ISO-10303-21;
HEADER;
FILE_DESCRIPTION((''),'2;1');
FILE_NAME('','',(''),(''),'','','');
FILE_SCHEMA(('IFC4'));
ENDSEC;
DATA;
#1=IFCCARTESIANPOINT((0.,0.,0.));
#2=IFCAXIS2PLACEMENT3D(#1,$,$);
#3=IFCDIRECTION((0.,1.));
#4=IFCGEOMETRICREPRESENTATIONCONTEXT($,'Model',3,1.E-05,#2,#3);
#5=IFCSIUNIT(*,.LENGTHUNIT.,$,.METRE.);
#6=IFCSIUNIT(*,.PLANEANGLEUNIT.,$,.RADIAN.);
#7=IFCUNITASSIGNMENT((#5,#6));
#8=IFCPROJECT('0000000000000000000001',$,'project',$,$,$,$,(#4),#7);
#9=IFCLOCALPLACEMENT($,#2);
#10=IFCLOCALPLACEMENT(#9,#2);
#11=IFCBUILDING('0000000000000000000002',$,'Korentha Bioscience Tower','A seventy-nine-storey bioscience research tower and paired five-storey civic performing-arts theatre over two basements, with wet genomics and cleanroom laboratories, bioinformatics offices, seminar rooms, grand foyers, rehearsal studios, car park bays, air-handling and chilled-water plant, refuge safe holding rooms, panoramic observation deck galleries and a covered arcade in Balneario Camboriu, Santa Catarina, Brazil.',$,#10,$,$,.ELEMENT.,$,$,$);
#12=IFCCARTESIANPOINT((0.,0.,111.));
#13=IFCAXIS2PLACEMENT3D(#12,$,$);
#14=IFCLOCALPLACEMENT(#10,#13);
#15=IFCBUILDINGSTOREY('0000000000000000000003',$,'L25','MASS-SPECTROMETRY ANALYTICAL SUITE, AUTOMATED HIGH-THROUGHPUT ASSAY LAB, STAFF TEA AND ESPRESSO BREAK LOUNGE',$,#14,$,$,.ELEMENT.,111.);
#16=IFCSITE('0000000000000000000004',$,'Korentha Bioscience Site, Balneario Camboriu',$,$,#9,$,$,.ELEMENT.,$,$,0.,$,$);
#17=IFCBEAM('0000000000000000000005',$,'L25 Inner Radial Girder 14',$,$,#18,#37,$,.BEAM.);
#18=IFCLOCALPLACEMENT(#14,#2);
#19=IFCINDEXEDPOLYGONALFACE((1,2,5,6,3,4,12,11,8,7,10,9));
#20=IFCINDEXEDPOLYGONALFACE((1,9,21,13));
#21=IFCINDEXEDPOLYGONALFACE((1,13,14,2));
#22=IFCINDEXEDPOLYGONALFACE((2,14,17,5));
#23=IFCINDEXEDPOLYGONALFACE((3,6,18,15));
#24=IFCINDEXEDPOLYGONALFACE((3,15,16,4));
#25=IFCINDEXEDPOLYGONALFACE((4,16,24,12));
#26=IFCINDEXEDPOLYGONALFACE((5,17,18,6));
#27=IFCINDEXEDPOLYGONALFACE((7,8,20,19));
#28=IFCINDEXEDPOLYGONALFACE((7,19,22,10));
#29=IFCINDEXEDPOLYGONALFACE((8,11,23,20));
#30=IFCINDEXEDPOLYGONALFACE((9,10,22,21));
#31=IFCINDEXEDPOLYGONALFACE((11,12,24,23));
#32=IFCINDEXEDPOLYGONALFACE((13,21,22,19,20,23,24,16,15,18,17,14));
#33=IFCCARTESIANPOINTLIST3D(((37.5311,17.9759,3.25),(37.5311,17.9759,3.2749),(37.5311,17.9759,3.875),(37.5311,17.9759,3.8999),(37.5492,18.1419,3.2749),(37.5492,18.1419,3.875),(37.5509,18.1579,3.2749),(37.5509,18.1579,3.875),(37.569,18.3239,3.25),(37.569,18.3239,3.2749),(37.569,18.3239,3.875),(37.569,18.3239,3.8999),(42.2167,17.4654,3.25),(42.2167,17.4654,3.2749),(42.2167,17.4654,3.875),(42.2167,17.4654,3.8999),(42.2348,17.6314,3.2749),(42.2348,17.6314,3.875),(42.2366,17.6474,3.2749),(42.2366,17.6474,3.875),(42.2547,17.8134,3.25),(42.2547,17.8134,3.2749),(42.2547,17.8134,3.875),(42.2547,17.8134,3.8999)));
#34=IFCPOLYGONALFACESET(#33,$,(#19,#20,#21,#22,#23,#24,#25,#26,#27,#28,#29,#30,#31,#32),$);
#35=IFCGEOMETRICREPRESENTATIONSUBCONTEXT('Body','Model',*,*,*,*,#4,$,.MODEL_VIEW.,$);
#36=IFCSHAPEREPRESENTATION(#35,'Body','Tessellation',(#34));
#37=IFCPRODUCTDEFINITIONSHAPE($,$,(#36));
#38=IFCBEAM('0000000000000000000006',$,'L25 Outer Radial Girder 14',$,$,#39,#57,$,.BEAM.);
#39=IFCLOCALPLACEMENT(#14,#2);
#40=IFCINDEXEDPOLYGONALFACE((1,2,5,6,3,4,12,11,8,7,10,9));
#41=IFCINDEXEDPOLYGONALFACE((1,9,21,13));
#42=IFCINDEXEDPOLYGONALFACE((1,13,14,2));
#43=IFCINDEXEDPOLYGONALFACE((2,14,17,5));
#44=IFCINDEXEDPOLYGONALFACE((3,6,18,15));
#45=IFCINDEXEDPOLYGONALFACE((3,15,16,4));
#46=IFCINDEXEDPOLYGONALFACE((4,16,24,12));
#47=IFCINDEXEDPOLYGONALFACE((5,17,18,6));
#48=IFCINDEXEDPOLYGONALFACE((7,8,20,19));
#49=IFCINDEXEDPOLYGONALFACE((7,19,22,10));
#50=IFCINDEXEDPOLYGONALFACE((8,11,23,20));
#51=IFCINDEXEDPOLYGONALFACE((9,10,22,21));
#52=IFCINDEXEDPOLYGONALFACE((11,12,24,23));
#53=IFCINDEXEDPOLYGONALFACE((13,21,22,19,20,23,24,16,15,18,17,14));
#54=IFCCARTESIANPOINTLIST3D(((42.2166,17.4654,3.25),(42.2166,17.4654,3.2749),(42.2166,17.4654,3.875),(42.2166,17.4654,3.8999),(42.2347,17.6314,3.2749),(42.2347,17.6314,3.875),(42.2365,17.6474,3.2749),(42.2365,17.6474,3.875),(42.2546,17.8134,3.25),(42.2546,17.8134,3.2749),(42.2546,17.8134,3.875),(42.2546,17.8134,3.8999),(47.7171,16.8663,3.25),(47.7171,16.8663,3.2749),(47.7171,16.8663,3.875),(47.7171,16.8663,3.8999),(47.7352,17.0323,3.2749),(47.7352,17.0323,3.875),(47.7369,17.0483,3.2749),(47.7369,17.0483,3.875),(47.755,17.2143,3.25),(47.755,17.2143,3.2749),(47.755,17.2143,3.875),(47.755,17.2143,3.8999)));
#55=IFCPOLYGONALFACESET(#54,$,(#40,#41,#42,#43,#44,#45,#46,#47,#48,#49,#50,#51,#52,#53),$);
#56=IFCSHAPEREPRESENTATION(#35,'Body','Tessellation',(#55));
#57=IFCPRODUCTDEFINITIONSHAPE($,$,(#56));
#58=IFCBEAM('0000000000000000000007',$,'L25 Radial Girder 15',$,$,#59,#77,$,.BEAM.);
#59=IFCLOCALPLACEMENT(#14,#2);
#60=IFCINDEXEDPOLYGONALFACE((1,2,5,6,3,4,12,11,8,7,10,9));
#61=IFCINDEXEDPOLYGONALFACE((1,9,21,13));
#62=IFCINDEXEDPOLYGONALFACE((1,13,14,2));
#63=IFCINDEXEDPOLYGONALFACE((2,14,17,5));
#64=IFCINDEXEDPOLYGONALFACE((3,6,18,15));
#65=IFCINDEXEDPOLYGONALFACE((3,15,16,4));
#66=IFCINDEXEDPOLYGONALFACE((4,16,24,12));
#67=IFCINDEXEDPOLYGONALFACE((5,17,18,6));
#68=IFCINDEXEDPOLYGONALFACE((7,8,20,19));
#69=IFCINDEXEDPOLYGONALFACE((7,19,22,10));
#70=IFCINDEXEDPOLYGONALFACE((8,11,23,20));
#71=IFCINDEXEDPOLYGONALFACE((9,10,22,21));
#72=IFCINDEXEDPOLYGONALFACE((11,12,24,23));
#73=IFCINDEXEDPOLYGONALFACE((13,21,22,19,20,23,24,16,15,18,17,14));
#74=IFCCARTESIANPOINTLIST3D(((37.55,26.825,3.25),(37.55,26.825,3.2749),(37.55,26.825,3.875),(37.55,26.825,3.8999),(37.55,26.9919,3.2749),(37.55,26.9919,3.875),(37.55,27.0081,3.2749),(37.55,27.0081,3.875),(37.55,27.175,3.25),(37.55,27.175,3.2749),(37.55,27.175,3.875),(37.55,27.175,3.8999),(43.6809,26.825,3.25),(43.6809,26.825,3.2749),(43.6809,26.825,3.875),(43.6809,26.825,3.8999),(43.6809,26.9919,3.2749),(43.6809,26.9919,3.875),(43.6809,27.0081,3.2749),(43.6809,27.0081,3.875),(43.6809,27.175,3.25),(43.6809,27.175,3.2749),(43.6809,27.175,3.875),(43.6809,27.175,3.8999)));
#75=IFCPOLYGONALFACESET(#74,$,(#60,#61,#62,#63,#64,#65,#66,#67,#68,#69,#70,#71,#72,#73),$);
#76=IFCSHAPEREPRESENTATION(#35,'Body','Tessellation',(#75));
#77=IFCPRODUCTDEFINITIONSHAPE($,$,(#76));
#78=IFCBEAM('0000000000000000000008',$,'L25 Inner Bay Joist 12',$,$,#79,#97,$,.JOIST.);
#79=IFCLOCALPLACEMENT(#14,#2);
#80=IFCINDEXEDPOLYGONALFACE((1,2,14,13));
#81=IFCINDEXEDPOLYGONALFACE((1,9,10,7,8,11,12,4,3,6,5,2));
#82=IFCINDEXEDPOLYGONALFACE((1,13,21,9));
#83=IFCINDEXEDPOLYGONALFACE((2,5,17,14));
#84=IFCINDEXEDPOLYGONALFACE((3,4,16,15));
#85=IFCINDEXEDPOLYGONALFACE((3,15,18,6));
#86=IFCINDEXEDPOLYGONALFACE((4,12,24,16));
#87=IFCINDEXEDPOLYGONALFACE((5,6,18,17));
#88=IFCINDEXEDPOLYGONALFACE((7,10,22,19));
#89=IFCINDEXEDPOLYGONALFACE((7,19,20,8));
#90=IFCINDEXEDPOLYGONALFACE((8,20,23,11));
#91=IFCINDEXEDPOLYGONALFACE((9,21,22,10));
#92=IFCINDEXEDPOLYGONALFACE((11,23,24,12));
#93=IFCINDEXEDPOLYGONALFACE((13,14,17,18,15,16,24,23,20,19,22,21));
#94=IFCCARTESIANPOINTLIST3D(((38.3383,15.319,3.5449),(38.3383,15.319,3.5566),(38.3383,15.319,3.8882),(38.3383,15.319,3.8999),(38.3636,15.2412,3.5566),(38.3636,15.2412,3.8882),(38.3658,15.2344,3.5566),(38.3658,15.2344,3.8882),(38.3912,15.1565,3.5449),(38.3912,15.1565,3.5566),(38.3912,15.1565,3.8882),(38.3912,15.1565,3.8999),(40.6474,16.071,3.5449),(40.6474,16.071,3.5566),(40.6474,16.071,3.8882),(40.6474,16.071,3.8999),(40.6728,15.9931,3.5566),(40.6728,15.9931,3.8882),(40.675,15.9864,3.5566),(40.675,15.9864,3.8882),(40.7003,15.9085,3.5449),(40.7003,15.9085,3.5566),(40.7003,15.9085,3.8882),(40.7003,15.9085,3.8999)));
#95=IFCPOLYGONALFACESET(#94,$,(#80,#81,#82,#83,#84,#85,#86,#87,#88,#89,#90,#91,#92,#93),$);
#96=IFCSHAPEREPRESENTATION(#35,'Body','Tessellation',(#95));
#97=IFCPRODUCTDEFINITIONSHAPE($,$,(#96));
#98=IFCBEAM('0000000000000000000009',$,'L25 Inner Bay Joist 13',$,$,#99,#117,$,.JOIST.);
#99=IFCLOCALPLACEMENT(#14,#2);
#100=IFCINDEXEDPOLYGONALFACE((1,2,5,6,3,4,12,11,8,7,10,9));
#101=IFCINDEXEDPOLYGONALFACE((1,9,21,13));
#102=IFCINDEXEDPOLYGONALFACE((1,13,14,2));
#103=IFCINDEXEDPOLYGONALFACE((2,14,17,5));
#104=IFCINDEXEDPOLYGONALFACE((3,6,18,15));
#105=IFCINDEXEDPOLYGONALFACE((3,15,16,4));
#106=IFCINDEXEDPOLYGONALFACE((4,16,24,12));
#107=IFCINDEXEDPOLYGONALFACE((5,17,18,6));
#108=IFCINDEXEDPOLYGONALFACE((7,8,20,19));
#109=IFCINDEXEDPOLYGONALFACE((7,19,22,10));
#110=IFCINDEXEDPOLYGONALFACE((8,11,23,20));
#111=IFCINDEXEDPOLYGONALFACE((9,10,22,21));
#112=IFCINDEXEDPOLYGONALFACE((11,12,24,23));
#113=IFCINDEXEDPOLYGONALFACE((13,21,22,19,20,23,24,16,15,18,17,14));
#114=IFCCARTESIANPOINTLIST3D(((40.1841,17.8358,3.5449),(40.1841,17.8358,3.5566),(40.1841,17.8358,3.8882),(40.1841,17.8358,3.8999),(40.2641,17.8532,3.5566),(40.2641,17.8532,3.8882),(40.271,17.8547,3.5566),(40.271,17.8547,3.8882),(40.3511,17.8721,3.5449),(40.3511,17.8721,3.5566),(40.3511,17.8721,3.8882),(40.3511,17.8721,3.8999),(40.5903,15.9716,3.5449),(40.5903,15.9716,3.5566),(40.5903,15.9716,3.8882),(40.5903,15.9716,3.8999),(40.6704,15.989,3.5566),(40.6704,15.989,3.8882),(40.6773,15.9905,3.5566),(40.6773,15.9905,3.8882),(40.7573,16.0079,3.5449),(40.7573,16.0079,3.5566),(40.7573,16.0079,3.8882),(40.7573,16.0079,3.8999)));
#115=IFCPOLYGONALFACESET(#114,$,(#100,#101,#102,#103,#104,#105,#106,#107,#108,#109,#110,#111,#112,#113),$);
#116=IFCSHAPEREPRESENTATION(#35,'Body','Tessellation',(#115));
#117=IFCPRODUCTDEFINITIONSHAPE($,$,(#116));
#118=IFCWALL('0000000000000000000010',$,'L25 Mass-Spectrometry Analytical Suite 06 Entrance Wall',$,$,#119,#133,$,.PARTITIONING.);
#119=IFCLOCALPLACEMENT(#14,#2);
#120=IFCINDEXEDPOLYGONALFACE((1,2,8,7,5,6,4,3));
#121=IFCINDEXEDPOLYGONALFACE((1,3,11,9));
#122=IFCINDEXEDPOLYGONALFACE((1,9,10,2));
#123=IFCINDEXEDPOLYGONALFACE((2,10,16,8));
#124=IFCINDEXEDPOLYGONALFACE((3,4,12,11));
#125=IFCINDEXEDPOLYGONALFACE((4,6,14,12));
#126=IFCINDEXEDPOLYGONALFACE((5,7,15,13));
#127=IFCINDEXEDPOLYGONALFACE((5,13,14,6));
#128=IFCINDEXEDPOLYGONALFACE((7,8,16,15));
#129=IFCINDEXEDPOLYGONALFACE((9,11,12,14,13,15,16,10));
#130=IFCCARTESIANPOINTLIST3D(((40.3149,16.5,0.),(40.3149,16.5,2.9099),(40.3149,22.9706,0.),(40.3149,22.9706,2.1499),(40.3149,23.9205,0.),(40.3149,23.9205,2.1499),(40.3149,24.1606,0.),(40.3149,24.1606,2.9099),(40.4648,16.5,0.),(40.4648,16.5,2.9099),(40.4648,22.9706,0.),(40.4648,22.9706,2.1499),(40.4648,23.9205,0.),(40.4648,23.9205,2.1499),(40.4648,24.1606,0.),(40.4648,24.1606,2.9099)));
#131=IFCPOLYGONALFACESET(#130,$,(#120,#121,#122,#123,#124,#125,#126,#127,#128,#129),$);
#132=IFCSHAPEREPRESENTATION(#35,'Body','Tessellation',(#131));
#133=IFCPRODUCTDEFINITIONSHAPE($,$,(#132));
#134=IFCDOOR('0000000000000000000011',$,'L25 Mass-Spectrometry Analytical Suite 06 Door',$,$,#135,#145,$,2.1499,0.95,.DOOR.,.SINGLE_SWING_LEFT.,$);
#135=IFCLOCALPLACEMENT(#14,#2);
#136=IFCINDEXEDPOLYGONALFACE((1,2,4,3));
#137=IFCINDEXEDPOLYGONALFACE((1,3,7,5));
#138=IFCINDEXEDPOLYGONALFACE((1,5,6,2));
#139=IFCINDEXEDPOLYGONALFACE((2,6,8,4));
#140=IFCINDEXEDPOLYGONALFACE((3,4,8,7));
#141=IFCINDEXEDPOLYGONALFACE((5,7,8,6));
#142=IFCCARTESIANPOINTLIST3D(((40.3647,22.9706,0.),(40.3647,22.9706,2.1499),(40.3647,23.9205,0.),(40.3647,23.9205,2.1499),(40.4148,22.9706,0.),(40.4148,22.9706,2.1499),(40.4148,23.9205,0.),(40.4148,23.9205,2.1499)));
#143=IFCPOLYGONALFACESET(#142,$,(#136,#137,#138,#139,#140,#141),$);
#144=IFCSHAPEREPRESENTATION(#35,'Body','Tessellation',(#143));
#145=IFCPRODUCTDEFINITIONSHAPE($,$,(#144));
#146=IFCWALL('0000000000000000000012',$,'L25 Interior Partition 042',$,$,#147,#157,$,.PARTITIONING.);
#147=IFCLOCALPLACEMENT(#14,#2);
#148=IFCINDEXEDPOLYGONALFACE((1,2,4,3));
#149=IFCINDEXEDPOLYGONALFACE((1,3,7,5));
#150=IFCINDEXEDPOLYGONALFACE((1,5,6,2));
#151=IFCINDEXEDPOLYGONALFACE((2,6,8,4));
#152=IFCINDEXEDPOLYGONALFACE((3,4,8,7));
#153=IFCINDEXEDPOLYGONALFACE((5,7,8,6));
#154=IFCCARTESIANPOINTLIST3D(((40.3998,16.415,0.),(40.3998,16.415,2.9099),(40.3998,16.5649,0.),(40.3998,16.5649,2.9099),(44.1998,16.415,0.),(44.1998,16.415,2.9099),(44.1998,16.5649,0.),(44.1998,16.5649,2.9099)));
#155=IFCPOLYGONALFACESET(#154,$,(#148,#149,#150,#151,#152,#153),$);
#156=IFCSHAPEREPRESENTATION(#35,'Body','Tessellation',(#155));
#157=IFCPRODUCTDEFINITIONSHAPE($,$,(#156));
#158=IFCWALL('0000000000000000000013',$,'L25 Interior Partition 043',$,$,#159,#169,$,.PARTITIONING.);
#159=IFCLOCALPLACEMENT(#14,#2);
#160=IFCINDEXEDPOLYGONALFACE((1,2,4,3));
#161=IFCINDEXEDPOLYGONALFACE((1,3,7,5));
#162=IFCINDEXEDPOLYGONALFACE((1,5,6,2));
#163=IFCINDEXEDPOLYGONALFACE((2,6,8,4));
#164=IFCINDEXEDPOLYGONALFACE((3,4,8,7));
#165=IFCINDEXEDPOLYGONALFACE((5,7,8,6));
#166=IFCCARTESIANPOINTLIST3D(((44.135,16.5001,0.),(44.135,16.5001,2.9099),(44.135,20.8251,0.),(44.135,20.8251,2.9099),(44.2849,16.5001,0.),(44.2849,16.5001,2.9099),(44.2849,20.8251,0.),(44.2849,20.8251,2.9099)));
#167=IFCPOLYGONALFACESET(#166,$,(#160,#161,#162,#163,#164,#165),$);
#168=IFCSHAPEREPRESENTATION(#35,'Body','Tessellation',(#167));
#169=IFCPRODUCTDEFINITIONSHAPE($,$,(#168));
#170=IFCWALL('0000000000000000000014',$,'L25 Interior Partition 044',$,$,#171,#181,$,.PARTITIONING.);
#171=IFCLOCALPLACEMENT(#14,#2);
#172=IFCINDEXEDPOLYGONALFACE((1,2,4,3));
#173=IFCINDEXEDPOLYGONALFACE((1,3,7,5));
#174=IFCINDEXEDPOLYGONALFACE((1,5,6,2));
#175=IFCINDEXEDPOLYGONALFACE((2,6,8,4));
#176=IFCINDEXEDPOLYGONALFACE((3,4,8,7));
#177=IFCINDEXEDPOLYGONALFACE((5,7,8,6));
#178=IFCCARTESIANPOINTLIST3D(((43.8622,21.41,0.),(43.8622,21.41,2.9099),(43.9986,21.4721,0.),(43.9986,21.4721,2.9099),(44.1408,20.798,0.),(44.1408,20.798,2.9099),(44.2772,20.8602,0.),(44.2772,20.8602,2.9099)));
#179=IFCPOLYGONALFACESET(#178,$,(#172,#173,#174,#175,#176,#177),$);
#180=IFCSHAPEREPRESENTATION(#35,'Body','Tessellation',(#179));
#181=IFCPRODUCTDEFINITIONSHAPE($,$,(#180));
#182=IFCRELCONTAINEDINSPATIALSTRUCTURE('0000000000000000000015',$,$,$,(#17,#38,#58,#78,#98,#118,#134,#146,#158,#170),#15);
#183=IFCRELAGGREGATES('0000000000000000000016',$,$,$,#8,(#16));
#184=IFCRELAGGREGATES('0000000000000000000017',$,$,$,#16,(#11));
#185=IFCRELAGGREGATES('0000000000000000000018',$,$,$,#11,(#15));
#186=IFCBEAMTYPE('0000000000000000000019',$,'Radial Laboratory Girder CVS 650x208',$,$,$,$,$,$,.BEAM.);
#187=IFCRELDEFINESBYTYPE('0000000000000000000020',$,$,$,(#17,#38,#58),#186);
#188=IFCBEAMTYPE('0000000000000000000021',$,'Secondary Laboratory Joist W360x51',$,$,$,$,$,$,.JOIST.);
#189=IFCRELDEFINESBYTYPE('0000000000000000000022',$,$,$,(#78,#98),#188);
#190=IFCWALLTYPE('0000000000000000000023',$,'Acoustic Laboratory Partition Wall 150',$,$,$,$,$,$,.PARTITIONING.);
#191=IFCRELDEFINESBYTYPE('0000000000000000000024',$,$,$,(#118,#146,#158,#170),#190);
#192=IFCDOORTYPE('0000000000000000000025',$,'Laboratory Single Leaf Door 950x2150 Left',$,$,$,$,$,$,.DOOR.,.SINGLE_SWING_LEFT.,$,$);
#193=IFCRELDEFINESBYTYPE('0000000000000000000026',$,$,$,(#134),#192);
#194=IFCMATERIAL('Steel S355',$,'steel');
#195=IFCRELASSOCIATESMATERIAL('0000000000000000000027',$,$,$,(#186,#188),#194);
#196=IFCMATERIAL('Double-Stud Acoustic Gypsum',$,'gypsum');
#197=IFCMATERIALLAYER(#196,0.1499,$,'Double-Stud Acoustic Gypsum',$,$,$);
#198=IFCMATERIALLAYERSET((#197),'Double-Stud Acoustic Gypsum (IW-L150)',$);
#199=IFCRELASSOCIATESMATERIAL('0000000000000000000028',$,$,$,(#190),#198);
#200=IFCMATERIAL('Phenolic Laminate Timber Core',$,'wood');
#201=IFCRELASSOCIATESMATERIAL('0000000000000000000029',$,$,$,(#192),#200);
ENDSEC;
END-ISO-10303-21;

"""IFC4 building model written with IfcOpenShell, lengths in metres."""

from ifc_helpers import new_model, si_unit, direction, frame, frame_2d, origin, origin_2d, place, context, subcontext, project, spatial, rectangle, i_section, extrude, material, layer, layer_set, material_profile, profile_set, type_object, element, fill, save


model = new_model("IFC4")

# Units and contexts
model_context = context("Model", 3, precision=1e-05, world=origin(), true_north=direction((0.0, 1.0)))
body_context = subcontext(model_context, "Body", "Model", "MODEL_VIEW")
ifc_project = project(units=[si_unit("LENGTHUNIT", "METRE"), si_unit("PLANEANGLEUNIT", "RADIAN")], contexts=[model_context])

# Site, building, storey
site_placement = place(None, origin())
site = spatial("IfcSite", under=ifc_project, at=site_placement, Name="Korentha Bioscience Site, Balneario Camboriu", CompositionType="ELEMENT", RefElevation=0.0)
building_placement = place(site_placement, origin())
building = spatial("IfcBuilding", under=site, at=building_placement, Name="Korentha Bioscience Tower", Description="A seventy-nine-storey bioscience research tower and paired five-storey civic performing-arts theatre over two basements, with wet genomics and cleanroom laboratories, bioinformatics offices, seminar rooms, grand foyers, rehearsal studios, car park bays, air-handling and chilled-water plant, refuge safe holding rooms, panoramic observation deck galleries and a covered arcade in Balneario Camboriu, Santa Catarina, Brazil.", CompositionType="ELEMENT")
storey_placement = place(building_placement, frame((0.0, 0.0, 111.0)))
storey = spatial("IfcBuildingStorey", under=building, at=storey_placement, Name="L25", Description="MASS-SPECTROMETRY ANALYTICAL SUITE, AUTOMATED HIGH-THROUGHPUT ASSAY LAB, STAFF TEA AND ESPRESSO BREAK LOUNGE", CompositionType="ELEMENT", Elevation=111.0)

# Beams
ifc_material_1 = material(Name="Steel S355", Category="steel")
ifc_material_profile_1 = material_profile(ifc_material_1, i_section(OverallWidth=0.3501, OverallDepth=0.6499, WebThickness=0.0161, FlangeThickness=0.0249, at=origin_2d()), Name="Steel S355")
ifc_profile_set_1 = profile_set([ifc_material_profile_1], Name="Steel S355 (RB-650)")
beam_type_1 = type_object("IfcBeamType", Name="Radial Laboratory Girder CVS 650x208", PredefinedType="BEAM", material=ifc_profile_set_1)
beam_1_placement = place(storey_placement, frame((37.55, 18.1499, 3.575), z_axis=(0.994117, -0.108311, 0.0), x_axis=(0.108311, 0.994117, 0.0)))
element("IfcBeam", 1, at=beam_1_placement, inside=storey, type_object=beam_type_1, Name="L25 Inner Radial Girder 14", PredefinedType="BEAM", context=body_context, shape_type="SweptSolid", body=[
    extrude(i_section(OverallWidth=0.3501, OverallDepth=0.6499, WebThickness=0.0161, FlangeThickness=0.0249, at=origin_2d()), origin(), (0.0, 0.0, 1.0), 4.7134),
])
beam_2_placement = place(storey_placement, frame((42.2356, 17.6394, 3.575), z_axis=(0.99412, -0.108281, 0.0), x_axis=(0.108281, 0.99412, 0.0)))
element("IfcBeam", 2, at=beam_2_placement, inside=storey, type_object=beam_type_1, Name="L25 Outer Radial Girder 14", PredefinedType="BEAM", context=body_context, shape_type="SweptSolid", body=[
    extrude(i_section(OverallWidth=0.3501, OverallDepth=0.6499, WebThickness=0.0161, FlangeThickness=0.0249, at=origin_2d()), origin(), (0.0, 0.0, 1.0), 5.533),
])
beam_3_placement = place(storey_placement, frame((37.55, 27.0, 3.575), z_axis=(1.0, 0.0, 0.0), x_axis=(0.0, 1.0, 0.0)))
element("IfcBeam", 3, at=beam_3_placement, inside=storey, type_object=beam_type_1, Name="L25 Radial Girder 15", PredefinedType="BEAM", context=body_context, shape_type="SweptSolid", body=[
    extrude(i_section(OverallWidth=0.3501, OverallDepth=0.6499, WebThickness=0.0161, FlangeThickness=0.0249, at=origin_2d()), origin(), (0.0, 0.0, 1.0), 6.1309),
])
ifc_material_profile_2 = material_profile(ifc_material_1, i_section(OverallWidth=0.1709, OverallDepth=0.355, WebThickness=0.0071, FlangeThickness=0.0117, at=origin_2d()), Name="Steel S355")
ifc_profile_set_2 = profile_set([ifc_material_profile_2], Name="Steel S355 (JB-360)")
beam_type_2 = type_object("IfcBeamType", Name="Secondary Laboratory Joist W360x51", PredefinedType="JOIST", material=ifc_profile_set_2)
beam_4_placement = place(storey_placement, frame((38.3647, 15.2378, 3.7224), z_axis=(0.950852, 0.309645, 0.0), x_axis=(-0.309645, 0.950852, 0.0)))
element("IfcBeam", 4, at=beam_4_placement, inside=storey, type_object=beam_type_2, Name="L25 Inner Bay Joist 12", PredefinedType="JOIST", context=body_context, shape_type="SweptSolid", body=[
    extrude(i_section(OverallWidth=0.1709, OverallDepth=0.355, WebThickness=0.0071, FlangeThickness=0.0117, at=origin_2d()), origin(), (0.0, 0.0, 1.0), 2.4285),
])
beam_5_placement = place(storey_placement, frame((40.6738, 15.9897, 3.7224), z_axis=(-0.212918, 0.97707, 0.0), x_axis=(-0.97707, -0.212918, 0.0)))
element("IfcBeam", 5, at=beam_5_placement, inside=storey, type_object=beam_type_2, Name="L25 Inner Bay Joist 13", PredefinedType="JOIST", context=body_context, shape_type="SweptSolid", body=[
    extrude(i_section(OverallWidth=0.1709, OverallDepth=0.355, WebThickness=0.0071, FlangeThickness=0.0117, at=origin_2d()), origin(), (0.0, 0.0, 1.0), 1.908),
])

# Wall, opening, door
ifc_material_2 = material(Name="Double-Stud Acoustic Gypsum", Category="gypsum")
ifc_layer_1 = layer(ifc_material_2, 0.1499, Name="Double-Stud Acoustic Gypsum")
ifc_layer_set_1 = layer_set([ifc_layer_1], Name="Double-Stud Acoustic Gypsum (IW-L150)")
wall_type_1 = type_object("IfcWallType", Name="Acoustic Laboratory Partition Wall 150", PredefinedType="PARTITIONING", material=ifc_layer_set_1)
wall_1_placement = place(storey_placement, frame((40.3899, 24.1606, 0.0), z_axis=(0.0, 0.0, 1.0), x_axis=(0.0, -1.0, 0.0)))
wall_1 = element("IfcWall", 6, at=wall_1_placement, inside=storey, type_object=wall_type_1, Name="L25 Mass-Spectrometry Analytical Suite 06 Entrance Wall", PredefinedType="PARTITIONING", context=body_context, shape_type="SweptSolid", body=[
    extrude(rectangle(XDim=7.6606, YDim=0.1499, at=frame_2d((3.8303, 0.0))), origin(), (0.0, 0.0, 1.0), 2.9099),
])
opening_1_placement = place(wall_1_placement, frame((0.24, 0.0, 0.0)))
opening_1 = element("IfcOpeningElement", 7, at=opening_1_placement, cuts=wall_1, PredefinedType="OPENING", context=body_context, shape_type="SweptSolid", body=[
    extrude(rectangle(XDim=0.95, YDim=2.1499, at=frame_2d((0.4751, 1.075))), frame((0.0, 0.0898, 0.0), z_axis=(0.0, -1.0, 0.0), x_axis=(1.0, 0.0, 0.0)), (0.0, 0.0, 1.0), 0.1797),
])
ifc_material_3 = material(Name="Phenolic Laminate Timber Core", Category="wood")
door_type_1 = type_object("IfcDoorType", Name="Laboratory Single Leaf Door 950x2150 Left", OperationType="SINGLE_SWING_LEFT", PredefinedType="DOOR", material=ifc_material_3)
door_1_placement = place(opening_1_placement, origin())
door_1 = element("IfcDoor", 8, at=door_1_placement, inside=storey, type_object=door_type_1, Name="L25 Mass-Spectrometry Analytical Suite 06 Door", OperationType="SINGLE_SWING_LEFT", OverallHeight=2.1499, OverallWidth=0.95, PredefinedType="DOOR", context=body_context, shape_type="SweptSolid", body=[
    extrude(rectangle(XDim=0.95, YDim=2.1499, at=frame_2d((0.4751, 1.075))), frame((0.0, 0.0249, 0.0), z_axis=(0.0, -1.0, 0.0), x_axis=(1.0, 0.0, 0.0)), (0.0, 0.0, 1.0), 0.05),
])
fill(opening_1, door_1)

# Walls
wall_2_placement = place(storey_placement, frame((40.3999, 16.49, 0.0), z_axis=(0.0, 0.0, 1.0), x_axis=(1.0, 0.0, 0.0)))
element("IfcWall", 9, at=wall_2_placement, inside=storey, type_object=wall_type_1, Name="L25 Interior Partition 042", PredefinedType="PARTITIONING", context=body_context, shape_type="SweptSolid", body=[
    extrude(rectangle(XDim=3.8, YDim=0.1499, at=frame_2d((1.8999, 0.0))), origin(), (0.0, 0.0, 1.0), 2.9099),
])
wall_3_placement = place(storey_placement, frame((44.21, 16.5, 0.0), z_axis=(0.0, 0.0, 1.0), x_axis=(0.0, 1.0, 0.0)))
element("IfcWall", 10, at=wall_3_placement, inside=storey, type_object=wall_type_1, Name="L25 Interior Partition 043", PredefinedType="PARTITIONING", context=body_context, shape_type="SweptSolid", body=[
    extrude(rectangle(XDim=4.325, YDim=0.1499, at=frame_2d((2.1626, 0.0))), origin(), (0.0, 0.0, 1.0), 2.9099),
])
wall_4_placement = place(storey_placement, frame((44.209, 20.8291, 0.0), z_axis=(0.0, 0.0, 1.0), x_axis=(-0.414377, 0.910105, 0.0)))
element("IfcWall", 11, at=wall_4_placement, inside=storey, type_object=wall_type_1, Name="L25 Interior Partition 044", PredefinedType="PARTITIONING", context=body_context, shape_type="SweptSolid", body=[
    extrude(rectangle(XDim=0.6724, YDim=0.1499, at=frame_2d((0.3362, 0.0))), origin(), (0.0, 0.0, 1.0), 2.9099),
])

save(model, "model.ifc")
